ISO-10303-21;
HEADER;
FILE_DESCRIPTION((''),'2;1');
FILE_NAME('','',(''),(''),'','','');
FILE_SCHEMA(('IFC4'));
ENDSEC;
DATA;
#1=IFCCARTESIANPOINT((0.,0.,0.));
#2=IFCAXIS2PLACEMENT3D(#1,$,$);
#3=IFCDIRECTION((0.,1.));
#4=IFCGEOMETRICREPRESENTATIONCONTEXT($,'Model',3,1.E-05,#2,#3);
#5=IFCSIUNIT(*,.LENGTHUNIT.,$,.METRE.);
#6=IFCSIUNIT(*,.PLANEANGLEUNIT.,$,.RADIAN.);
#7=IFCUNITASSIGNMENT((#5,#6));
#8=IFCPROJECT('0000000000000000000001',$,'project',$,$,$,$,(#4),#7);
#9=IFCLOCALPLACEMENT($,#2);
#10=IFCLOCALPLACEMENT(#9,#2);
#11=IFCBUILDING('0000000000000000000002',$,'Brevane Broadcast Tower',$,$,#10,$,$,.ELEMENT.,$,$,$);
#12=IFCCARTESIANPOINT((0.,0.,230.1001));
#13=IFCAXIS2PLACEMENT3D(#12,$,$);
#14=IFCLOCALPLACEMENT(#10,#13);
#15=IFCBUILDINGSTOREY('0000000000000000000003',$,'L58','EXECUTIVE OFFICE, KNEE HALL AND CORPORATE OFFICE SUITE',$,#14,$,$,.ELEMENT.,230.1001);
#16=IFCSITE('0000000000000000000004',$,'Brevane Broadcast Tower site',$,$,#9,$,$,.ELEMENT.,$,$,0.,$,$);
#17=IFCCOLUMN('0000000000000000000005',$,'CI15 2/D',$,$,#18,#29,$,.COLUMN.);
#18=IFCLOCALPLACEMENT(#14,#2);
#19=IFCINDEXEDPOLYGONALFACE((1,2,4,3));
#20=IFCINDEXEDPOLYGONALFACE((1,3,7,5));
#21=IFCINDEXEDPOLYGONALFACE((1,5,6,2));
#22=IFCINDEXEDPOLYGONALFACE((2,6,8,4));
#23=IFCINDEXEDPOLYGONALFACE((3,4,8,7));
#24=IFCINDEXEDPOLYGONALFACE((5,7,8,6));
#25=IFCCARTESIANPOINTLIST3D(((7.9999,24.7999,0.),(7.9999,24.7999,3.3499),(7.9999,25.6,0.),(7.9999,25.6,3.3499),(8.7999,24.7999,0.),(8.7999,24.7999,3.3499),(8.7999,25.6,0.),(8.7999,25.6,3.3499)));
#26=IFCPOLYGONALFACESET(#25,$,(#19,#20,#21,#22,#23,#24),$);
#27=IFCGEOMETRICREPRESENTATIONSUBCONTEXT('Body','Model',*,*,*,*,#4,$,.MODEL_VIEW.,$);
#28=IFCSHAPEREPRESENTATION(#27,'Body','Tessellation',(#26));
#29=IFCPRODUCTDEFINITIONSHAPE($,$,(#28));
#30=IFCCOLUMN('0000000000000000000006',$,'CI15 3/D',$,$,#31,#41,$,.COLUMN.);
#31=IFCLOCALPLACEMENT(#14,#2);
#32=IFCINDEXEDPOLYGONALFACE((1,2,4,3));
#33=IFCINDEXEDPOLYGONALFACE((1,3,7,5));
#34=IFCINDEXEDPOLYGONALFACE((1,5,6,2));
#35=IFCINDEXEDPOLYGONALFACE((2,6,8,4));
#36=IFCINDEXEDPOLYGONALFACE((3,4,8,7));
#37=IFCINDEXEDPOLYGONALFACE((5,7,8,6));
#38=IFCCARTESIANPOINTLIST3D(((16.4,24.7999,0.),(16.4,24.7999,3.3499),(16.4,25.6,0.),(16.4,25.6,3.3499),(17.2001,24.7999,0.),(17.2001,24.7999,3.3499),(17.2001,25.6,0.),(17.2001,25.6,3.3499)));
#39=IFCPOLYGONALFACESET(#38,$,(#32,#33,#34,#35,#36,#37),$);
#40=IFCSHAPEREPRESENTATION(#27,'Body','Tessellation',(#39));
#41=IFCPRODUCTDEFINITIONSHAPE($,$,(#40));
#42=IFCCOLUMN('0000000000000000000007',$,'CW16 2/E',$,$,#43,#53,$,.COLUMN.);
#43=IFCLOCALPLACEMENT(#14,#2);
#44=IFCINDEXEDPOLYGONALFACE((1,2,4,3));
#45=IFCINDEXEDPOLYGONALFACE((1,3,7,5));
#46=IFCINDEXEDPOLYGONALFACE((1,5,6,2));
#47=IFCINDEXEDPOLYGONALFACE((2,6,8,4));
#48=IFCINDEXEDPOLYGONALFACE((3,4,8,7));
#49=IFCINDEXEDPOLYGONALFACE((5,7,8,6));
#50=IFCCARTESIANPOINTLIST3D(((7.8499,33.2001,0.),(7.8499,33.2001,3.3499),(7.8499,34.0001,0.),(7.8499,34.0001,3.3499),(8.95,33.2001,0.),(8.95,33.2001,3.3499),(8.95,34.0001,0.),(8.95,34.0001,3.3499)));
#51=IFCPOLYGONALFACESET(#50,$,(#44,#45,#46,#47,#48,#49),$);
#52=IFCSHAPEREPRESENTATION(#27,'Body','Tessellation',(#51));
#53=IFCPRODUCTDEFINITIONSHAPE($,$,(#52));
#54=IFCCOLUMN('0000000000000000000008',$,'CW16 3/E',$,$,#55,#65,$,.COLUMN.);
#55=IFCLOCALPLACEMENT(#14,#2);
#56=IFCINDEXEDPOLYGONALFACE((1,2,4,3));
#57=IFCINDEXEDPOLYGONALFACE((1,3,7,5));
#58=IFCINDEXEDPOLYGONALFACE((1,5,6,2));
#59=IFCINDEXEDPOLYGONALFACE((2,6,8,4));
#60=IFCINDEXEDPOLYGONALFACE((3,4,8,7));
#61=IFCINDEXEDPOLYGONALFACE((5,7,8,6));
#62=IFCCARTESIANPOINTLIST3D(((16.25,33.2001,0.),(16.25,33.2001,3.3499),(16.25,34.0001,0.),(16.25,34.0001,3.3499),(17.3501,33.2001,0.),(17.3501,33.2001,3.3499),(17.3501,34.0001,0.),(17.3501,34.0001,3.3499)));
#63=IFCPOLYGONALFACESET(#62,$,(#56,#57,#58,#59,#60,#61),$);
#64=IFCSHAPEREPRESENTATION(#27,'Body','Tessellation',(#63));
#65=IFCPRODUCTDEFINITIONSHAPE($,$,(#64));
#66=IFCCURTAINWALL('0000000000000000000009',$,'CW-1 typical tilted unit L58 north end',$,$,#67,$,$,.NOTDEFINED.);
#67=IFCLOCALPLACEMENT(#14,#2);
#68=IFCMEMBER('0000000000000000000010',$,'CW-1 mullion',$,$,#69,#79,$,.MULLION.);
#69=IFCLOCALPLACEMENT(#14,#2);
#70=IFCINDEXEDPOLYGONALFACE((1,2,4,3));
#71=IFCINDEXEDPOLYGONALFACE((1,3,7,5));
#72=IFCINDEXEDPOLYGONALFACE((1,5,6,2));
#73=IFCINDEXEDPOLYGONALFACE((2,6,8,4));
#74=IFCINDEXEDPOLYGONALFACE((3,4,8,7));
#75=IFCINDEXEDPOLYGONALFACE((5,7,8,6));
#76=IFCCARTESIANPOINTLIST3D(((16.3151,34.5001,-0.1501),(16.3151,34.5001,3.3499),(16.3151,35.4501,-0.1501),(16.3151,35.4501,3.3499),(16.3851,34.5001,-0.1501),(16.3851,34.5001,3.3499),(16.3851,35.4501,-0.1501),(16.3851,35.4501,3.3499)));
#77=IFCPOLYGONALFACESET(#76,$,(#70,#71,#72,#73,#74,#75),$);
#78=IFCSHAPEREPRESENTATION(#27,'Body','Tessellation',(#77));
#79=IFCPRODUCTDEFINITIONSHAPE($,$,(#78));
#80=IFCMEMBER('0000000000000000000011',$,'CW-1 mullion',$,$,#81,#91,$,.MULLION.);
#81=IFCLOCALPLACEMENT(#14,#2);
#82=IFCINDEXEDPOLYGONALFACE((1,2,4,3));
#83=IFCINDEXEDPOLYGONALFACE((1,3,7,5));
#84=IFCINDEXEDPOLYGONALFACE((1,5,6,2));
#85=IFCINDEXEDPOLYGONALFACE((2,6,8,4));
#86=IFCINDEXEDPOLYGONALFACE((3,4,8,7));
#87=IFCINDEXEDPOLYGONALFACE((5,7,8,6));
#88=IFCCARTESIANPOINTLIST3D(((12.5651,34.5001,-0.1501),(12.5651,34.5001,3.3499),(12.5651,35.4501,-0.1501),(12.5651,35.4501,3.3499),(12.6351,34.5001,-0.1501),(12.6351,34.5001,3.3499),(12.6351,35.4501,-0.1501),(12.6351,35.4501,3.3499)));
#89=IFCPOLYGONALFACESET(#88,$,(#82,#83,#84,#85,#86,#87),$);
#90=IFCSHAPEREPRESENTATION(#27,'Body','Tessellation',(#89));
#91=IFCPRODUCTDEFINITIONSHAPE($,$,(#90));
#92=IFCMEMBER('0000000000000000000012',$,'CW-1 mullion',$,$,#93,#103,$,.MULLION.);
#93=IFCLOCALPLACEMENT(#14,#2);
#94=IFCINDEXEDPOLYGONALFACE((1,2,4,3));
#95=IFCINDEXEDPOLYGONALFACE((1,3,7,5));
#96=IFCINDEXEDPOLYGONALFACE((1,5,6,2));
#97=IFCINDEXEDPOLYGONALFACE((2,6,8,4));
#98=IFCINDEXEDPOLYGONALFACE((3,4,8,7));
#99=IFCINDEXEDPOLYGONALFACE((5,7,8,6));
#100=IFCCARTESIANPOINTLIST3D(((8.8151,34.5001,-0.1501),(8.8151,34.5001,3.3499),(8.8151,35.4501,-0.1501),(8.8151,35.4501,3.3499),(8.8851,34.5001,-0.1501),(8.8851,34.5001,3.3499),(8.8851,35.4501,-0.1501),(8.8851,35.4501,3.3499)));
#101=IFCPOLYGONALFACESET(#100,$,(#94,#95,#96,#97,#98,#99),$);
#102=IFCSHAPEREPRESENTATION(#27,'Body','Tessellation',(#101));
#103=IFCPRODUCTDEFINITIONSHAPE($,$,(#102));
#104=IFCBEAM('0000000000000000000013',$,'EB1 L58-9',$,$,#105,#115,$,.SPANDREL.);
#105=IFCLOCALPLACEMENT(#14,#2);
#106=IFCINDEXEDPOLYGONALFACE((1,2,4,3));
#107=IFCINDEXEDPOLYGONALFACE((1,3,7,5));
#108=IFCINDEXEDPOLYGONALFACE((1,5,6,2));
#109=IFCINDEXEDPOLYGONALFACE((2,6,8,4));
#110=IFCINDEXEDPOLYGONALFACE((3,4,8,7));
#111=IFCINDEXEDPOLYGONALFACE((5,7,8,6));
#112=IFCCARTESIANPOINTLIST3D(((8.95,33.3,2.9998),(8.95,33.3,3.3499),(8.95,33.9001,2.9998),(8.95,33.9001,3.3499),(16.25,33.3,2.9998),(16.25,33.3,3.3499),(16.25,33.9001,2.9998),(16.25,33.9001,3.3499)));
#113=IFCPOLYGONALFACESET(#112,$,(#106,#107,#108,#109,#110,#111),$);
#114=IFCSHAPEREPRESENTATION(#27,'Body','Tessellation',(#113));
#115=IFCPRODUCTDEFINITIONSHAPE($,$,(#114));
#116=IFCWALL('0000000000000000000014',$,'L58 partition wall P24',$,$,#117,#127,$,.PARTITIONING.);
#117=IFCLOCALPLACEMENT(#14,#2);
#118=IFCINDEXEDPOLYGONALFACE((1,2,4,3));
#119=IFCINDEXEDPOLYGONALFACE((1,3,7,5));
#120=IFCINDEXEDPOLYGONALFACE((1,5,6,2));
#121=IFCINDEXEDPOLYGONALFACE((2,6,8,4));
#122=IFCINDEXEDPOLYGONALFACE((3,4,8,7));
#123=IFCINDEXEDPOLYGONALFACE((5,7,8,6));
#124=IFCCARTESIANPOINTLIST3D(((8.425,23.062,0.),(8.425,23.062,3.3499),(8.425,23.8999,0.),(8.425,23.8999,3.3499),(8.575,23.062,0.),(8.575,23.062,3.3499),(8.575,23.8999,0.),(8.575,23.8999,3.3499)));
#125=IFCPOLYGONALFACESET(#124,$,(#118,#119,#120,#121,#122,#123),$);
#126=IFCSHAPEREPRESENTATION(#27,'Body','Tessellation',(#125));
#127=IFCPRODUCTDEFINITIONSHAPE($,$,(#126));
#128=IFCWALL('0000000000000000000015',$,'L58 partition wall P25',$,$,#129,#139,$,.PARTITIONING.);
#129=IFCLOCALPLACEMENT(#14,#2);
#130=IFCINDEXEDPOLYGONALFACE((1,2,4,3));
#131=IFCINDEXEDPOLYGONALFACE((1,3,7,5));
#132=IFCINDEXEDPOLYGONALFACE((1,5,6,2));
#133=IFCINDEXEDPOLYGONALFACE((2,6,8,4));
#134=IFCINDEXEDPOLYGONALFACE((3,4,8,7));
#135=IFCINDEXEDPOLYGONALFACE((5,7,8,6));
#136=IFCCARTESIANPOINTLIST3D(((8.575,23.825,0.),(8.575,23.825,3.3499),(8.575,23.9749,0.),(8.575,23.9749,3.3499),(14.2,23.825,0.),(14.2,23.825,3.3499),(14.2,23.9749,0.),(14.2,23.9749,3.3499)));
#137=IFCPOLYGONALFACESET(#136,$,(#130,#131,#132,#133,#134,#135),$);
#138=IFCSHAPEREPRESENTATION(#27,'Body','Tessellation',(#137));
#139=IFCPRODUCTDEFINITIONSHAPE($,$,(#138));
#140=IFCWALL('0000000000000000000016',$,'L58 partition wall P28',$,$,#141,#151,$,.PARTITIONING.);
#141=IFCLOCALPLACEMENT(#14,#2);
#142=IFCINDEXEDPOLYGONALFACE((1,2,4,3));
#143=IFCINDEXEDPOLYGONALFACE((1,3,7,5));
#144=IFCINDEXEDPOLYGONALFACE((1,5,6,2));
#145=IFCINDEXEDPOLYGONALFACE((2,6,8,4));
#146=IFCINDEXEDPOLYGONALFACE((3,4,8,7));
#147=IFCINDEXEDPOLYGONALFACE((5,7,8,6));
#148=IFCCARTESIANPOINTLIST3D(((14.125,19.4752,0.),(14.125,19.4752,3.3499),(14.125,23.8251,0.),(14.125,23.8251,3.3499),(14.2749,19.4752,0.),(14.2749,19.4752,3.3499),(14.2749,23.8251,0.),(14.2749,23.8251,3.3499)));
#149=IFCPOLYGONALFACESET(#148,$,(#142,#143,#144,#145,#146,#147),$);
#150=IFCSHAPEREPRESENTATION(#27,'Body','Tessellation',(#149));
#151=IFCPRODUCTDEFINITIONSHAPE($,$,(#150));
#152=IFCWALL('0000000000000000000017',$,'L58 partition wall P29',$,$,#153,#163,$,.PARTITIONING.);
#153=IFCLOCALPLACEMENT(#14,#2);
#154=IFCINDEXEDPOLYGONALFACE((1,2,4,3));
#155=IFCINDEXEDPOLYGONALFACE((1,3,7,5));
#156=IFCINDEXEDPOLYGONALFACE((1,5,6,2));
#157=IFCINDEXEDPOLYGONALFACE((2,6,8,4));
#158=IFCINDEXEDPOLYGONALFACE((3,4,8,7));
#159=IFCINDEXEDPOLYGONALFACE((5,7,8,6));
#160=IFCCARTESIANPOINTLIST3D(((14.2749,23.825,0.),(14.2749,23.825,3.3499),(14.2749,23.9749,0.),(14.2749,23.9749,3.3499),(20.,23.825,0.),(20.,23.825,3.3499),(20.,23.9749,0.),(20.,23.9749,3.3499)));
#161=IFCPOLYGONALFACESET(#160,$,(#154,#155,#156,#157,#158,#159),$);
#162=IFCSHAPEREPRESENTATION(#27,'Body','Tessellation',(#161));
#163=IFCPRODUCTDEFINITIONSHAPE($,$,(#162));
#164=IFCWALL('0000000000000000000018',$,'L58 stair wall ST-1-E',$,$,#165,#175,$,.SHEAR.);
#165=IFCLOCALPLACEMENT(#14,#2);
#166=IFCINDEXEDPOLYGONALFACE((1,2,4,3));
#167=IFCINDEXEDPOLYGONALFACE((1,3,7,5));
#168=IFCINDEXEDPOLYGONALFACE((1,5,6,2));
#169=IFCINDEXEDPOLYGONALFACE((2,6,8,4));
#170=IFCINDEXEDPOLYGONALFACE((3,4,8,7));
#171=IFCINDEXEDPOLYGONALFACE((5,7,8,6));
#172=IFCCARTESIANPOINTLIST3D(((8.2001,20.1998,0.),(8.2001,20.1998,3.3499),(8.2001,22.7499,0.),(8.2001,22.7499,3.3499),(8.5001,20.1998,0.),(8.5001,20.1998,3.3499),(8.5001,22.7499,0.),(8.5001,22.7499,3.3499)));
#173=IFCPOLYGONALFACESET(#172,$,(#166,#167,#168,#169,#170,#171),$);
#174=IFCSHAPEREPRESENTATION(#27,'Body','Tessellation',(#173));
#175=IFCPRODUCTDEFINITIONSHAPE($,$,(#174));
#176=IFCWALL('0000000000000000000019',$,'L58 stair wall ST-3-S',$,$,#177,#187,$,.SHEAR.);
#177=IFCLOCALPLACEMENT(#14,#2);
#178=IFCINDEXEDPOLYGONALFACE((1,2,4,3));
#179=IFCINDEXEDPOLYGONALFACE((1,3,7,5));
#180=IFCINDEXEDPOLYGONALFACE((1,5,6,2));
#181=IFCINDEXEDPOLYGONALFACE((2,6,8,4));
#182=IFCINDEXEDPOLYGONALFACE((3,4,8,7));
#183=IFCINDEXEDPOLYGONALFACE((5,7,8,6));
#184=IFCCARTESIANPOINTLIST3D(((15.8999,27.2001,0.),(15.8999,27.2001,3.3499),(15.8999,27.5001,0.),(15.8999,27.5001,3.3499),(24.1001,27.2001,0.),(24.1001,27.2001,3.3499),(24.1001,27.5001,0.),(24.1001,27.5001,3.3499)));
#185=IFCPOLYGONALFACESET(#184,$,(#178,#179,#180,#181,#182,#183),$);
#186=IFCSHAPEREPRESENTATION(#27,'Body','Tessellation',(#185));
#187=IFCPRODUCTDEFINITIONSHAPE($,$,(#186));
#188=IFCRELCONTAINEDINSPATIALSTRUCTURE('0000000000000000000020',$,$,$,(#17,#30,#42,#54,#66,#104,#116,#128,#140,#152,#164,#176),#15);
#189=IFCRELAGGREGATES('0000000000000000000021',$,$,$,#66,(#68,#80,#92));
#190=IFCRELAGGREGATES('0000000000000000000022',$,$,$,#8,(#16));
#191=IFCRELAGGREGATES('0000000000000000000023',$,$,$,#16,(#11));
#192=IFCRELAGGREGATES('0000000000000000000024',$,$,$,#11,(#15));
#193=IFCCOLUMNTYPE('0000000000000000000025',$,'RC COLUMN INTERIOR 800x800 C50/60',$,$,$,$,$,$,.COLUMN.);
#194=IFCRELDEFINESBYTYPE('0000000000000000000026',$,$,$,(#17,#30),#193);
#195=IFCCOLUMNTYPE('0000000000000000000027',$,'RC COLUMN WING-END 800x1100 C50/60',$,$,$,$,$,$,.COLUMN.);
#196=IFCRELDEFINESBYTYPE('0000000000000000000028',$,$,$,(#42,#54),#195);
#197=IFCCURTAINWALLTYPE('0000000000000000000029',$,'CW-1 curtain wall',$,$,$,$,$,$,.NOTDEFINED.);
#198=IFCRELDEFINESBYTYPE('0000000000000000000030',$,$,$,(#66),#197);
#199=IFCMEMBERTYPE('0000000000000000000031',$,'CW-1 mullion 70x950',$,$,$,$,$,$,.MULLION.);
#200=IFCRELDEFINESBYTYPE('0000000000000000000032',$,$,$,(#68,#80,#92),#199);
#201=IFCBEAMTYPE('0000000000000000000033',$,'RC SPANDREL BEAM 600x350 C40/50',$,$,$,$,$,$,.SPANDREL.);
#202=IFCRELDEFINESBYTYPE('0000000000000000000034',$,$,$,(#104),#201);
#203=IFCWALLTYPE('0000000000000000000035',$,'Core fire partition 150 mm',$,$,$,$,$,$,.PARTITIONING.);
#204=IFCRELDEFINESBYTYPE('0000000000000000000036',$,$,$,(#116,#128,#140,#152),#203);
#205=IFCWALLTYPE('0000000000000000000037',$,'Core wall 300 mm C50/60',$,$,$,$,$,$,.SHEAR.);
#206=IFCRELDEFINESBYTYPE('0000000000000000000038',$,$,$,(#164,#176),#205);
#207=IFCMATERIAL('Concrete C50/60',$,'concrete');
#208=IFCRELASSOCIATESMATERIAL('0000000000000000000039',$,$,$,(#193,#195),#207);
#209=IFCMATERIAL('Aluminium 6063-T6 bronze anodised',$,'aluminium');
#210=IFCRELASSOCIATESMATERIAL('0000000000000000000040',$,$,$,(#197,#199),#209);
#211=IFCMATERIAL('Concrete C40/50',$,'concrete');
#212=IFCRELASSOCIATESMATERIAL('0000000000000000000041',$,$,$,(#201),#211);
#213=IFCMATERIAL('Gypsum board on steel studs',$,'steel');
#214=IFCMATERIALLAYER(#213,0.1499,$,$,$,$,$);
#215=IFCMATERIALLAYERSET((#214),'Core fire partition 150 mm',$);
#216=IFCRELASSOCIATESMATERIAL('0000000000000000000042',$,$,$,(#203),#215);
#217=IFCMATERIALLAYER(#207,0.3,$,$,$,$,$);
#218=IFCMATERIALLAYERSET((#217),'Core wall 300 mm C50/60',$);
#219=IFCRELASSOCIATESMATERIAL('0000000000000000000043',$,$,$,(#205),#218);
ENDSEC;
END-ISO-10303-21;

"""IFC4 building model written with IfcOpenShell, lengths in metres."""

from ifc_helpers import new_model, si_unit, direction, frame, frame_2d, origin, origin_2d, place, context, subcontext, project, spatial, rectangle, extrude, material, layer, layer_set, material_profile, profile_set, type_object, element, aggregate, save


model = new_model("IFC4")

# Units and contexts
model_context = context("Model", 3, precision=1e-05, world=origin(), true_north=direction((0.0, 1.0)))
body_context = subcontext(model_context, "Body", "Model", "MODEL_VIEW")
ifc_project = project(units=[si_unit("LENGTHUNIT", "METRE"), si_unit("PLANEANGLEUNIT", "RADIAN")], contexts=[model_context])

# Site, building, storey
site_placement = place(None, origin())
site = spatial("IfcSite", under=ifc_project, at=site_placement, Name="Brevane Broadcast Tower site", CompositionType="ELEMENT", RefElevation=0.0)
building_placement = place(site_placement, origin())
building = spatial("IfcBuilding", under=site, at=building_placement, Name="Brevane Broadcast Tower", CompositionType="ELEMENT")
storey_placement = place(building_placement, frame((0.0, 0.0, 230.1001)))
storey = spatial("IfcBuildingStorey", under=building, at=storey_placement, Name="L58", Description="EXECUTIVE OFFICE, KNEE HALL AND CORPORATE OFFICE SUITE", CompositionType="ELEMENT", Elevation=230.1001)

# Columns
ifc_material_1 = material(Name="Concrete C50/60", Category="concrete")
ifc_material_profile_1 = material_profile(ifc_material_1, rectangle(XDim=0.8, YDim=0.8, at=origin_2d()), Name="RC 800x800")
ifc_profile_set_1 = profile_set([ifc_material_profile_1], Name="Concrete C50/60")
column_type_1 = type_object("IfcColumnType", Name="RC COLUMN INTERIOR 800x800 C50/60", PredefinedType="COLUMN", material=ifc_profile_set_1)
for number, where, z_axis, x_axis, name in (
    (1, (8.3999, 25.2, 0.0), (0.0, 0.0, 1.0), (1.0, 0.0, 0.0), "CI15 2/D"),
    (2, (16.8, 25.2, 0.0), (0.0, 0.0, 1.0), (1.0, 0.0, 0.0), "CI15 3/D"),
):
    element("IfcColumn", number, at=place(storey_placement, frame(where, z_axis=z_axis, x_axis=x_axis)), inside=storey, type_object=column_type_1, Name=name, PredefinedType="COLUMN", context=body_context, shape_type="SweptSolid", body=[
        extrude(rectangle(XDim=0.8, YDim=0.8, at=origin_2d()), origin(), (0.0, 0.0, 1.0), 3.3499),
    ])
ifc_material_profile_2 = material_profile(ifc_material_1, rectangle(XDim=0.8, YDim=1.1001, at=origin_2d()), Name="RC 800x1100")
ifc_profile_set_2 = profile_set([ifc_material_profile_2], Name="Concrete C50/60")
column_type_2 = type_object("IfcColumnType", Name="RC COLUMN WING-END 800x1100 C50/60", PredefinedType="COLUMN", material=ifc_profile_set_2)
for number, where, z_axis, x_axis, name in (
    (3, (8.3999, 33.6001, 0.0), (0.0, 0.0, 1.0), (0.0, 1.0, 0.0), "CW16 2/E"),
    (4, (16.8, 33.6001, 0.0), (0.0, 0.0, 1.0), (0.0, 1.0, 0.0), "CW16 3/E"),
):
    element("IfcColumn", number, at=place(storey_placement, frame(where, z_axis=z_axis, x_axis=x_axis)), inside=storey, type_object=column_type_2, Name=name, PredefinedType="COLUMN", context=body_context, shape_type="SweptSolid", body=[
        extrude(rectangle(XDim=0.8, YDim=1.1001, at=origin_2d()), origin(), (0.0, 0.0, 1.0), 3.3499),
    ])

# Curtain wall, members
ifc_material_2 = material(Name="Aluminium 6063-T6 bronze anodised", Category="aluminium")
curtain_wall_type = type_object("IfcCurtainWallType", Name="CW-1 curtain wall", PredefinedType="NOTDEFINED", material=ifc_material_2)
curtain_wall_placement = place(storey_placement, origin())
curtain_wall = element("IfcCurtainWall", 5, at=curtain_wall_placement, inside=storey, type_object=curtain_wall_type, Name="CW-1 typical tilted unit L58 north end", PredefinedType="NOTDEFINED")
ifc_material_profile_3 = material_profile(ifc_material_2, rectangle(XDim=0.95, YDim=0.0701, at=origin_2d()), Name="RECT 70x950")
ifc_profile_set_3 = profile_set([ifc_material_profile_3], Name="Aluminium 6063-T6 bronze anodised")
member_type = type_object("IfcMemberType", Name="CW-1 mullion 70x950", PredefinedType="MULLION", material=ifc_profile_set_3)
member_1_placement = place(storey_placement, frame((16.3501, 34.9751, -0.1501), z_axis=(0.0, 0.0, 1.0), x_axis=(0.0, -1.0, 0.0)))
member_1 = element("IfcMember", 6, at=member_1_placement, type_object=member_type, Name="CW-1 mullion", PredefinedType="MULLION", context=body_context, shape_type="SweptSolid", body=[
    extrude(rectangle(XDim=0.95, YDim=0.0701, at=origin_2d()), origin(), (0.0, 0.0, 1.0), 3.5),
])
member_2_placement = place(storey_placement, frame((12.6001, 34.9751, -0.1501), z_axis=(0.0, 0.0, 1.0), x_axis=(0.0, -1.0, 0.0)))
member_2 = element("IfcMember", 7, at=member_2_placement, type_object=member_type, Name="CW-1 mullion", PredefinedType="MULLION", context=body_context, shape_type="SweptSolid", body=[
    extrude(rectangle(XDim=0.95, YDim=0.0701, at=origin_2d()), origin(), (0.0, 0.0, 1.0), 3.5),
])
member_3_placement = place(storey_placement, frame((8.8501, 34.9751, -0.1501), z_axis=(0.0, 0.0, 1.0), x_axis=(0.0, -1.0, 0.0)))
member_3 = element("IfcMember", 8, at=member_3_placement, type_object=member_type, Name="CW-1 mullion", PredefinedType="MULLION", context=body_context, shape_type="SweptSolid", body=[
    extrude(rectangle(XDim=0.95, YDim=0.0701, at=origin_2d()), origin(), (0.0, 0.0, 1.0), 3.5),
])
aggregate(curtain_wall, [member_1, member_2, member_3])

# Beam
ifc_material_3 = material(Name="Concrete C40/50", Category="concrete")
ifc_material_profile_4 = material_profile(ifc_material_3, rectangle(XDim=0.6001, YDim=0.3501, at=origin_2d()), Name="RC 600x350")
ifc_profile_set_4 = profile_set([ifc_material_profile_4], Name="Concrete C40/50")
beam_type = type_object("IfcBeamType", Name="RC SPANDREL BEAM 600x350 C40/50", PredefinedType="SPANDREL", material=ifc_profile_set_4)
beam_placement = place(storey_placement, frame((16.25, 33.6001, 3.1748), z_axis=(-1.0, 0.0, 0.0), x_axis=(0.0, -1.0, 0.0)))
element("IfcBeam", 9, at=beam_placement, inside=storey, type_object=beam_type, Name="EB1 L58-9", PredefinedType="SPANDREL", context=body_context, shape_type="SweptSolid", body=[
    extrude(rectangle(XDim=0.6001, YDim=0.3501, at=origin_2d()), origin(), (0.0, 0.0, 1.0), 7.3),
])

# Walls
ifc_material_4 = material(Name="Gypsum board on steel studs", Category="steel")
ifc_layer_1 = layer(ifc_material_4, 0.1499)
ifc_layer_set_1 = layer_set([ifc_layer_1], Name="Core fire partition 150 mm")
wall_type_1 = type_object("IfcWallType", Name="Core fire partition 150 mm", PredefinedType="PARTITIONING", material=ifc_layer_set_1)
wall_1_placement = place(storey_placement, frame((8.5, 23.062, 0.0), z_axis=(0.0, 0.0, 1.0), x_axis=(0.0, 1.0, 0.0)))
element("IfcWall", 10, at=wall_1_placement, inside=storey, type_object=wall_type_1, Name="L58 partition wall P24", PredefinedType="PARTITIONING", context=body_context, shape_type="SweptSolid", body=[
    extrude(rectangle(XDim=0.8379, YDim=0.1499, at=frame_2d((0.4189, 0.0))), origin(), (0.0, 0.0, 1.0), 3.3499),
])
wall_2_placement = place(storey_placement, frame((8.575, 23.8999, 0.0), z_axis=(0.0, 0.0, 1.0), x_axis=(1.0, 0.0, 0.0)))
element("IfcWall", 11, at=wall_2_placement, inside=storey, type_object=wall_type_1, Name="L58 partition wall P25", PredefinedType="PARTITIONING", context=body_context, shape_type="SweptSolid", body=[
    extrude(rectangle(XDim=5.625, YDim=0.1499, at=frame_2d((2.8125, 0.0))), origin(), (0.0, 0.0, 1.0), 3.3499),
])
wall_3_placement = place(storey_placement, frame((14.2, 23.825, 0.0), z_axis=(0.0, 0.0, 1.0), x_axis=(0.0, -1.0, 0.0)))
element("IfcWall", 12, at=wall_3_placement, inside=storey, type_object=wall_type_1, Name="L58 partition wall P28", PredefinedType="PARTITIONING", context=body_context, shape_type="SweptSolid", body=[
    extrude(rectangle(XDim=4.3499, YDim=0.1499, at=frame_2d((2.1748, 0.0))), origin(), (0.0, 0.0, 1.0), 3.3499),
])
wall_4_placement = place(storey_placement, frame((14.2749, 23.8999, 0.0), z_axis=(0.0, 0.0, 1.0), x_axis=(1.0, 0.0, 0.0)))
element("IfcWall", 13, at=wall_4_placement, inside=storey, type_object=wall_type_1, Name="L58 partition wall P29", PredefinedType="PARTITIONING", context=body_context, shape_type="SweptSolid", body=[
    extrude(rectangle(XDim=5.7251, YDim=0.1499, at=frame_2d((2.8625, 0.0))), origin(), (0.0, 0.0, 1.0), 3.3499),
])
ifc_layer_2 = layer(ifc_material_1, 0.3)
ifc_layer_set_2 = layer_set([ifc_layer_2], Name="Core wall 300 mm C50/60")
wall_type_2 = type_object("IfcWallType", Name="Core wall 300 mm C50/60", PredefinedType="SHEAR", material=ifc_layer_set_2)
wall_5_placement = place(storey_placement, frame((8.3501, 20.2, 0.0), z_axis=(0.0, 0.0, 1.0), x_axis=(0.0, 1.0, 0.0)))
element("IfcWall", 14, at=wall_5_placement, inside=storey, type_object=wall_type_2, Name="L58 stair wall ST-1-E", PredefinedType="SHEAR", context=body_context, shape_type="SweptSolid", body=[
    extrude(rectangle(XDim=2.55, YDim=0.3, at=frame_2d((1.2749, 0.0))), origin(), (0.0, 0.0, 1.0), 3.3499),
])
for number, where, z_axis, x_axis, name in (
    (15, (15.8999, 27.3501, 0.0), (0.0, 0.0, 1.0), (1.0, 0.0, 0.0), "L58 stair wall ST-3-S"),
):
    element("IfcWall", number, at=place(storey_placement, frame(where, z_axis=z_axis, x_axis=x_axis)), inside=storey, type_object=wall_type_2, Name=name, PredefinedType="SHEAR", context=body_context, shape_type="SweptSolid", body=[
        extrude(rectangle(XDim=8.2002, YDim=0.3, at=frame_2d((4.1001, 0.0))), origin(), (0.0, 0.0, 1.0), 3.3499),
    ])

save(model, "model.ifc")
